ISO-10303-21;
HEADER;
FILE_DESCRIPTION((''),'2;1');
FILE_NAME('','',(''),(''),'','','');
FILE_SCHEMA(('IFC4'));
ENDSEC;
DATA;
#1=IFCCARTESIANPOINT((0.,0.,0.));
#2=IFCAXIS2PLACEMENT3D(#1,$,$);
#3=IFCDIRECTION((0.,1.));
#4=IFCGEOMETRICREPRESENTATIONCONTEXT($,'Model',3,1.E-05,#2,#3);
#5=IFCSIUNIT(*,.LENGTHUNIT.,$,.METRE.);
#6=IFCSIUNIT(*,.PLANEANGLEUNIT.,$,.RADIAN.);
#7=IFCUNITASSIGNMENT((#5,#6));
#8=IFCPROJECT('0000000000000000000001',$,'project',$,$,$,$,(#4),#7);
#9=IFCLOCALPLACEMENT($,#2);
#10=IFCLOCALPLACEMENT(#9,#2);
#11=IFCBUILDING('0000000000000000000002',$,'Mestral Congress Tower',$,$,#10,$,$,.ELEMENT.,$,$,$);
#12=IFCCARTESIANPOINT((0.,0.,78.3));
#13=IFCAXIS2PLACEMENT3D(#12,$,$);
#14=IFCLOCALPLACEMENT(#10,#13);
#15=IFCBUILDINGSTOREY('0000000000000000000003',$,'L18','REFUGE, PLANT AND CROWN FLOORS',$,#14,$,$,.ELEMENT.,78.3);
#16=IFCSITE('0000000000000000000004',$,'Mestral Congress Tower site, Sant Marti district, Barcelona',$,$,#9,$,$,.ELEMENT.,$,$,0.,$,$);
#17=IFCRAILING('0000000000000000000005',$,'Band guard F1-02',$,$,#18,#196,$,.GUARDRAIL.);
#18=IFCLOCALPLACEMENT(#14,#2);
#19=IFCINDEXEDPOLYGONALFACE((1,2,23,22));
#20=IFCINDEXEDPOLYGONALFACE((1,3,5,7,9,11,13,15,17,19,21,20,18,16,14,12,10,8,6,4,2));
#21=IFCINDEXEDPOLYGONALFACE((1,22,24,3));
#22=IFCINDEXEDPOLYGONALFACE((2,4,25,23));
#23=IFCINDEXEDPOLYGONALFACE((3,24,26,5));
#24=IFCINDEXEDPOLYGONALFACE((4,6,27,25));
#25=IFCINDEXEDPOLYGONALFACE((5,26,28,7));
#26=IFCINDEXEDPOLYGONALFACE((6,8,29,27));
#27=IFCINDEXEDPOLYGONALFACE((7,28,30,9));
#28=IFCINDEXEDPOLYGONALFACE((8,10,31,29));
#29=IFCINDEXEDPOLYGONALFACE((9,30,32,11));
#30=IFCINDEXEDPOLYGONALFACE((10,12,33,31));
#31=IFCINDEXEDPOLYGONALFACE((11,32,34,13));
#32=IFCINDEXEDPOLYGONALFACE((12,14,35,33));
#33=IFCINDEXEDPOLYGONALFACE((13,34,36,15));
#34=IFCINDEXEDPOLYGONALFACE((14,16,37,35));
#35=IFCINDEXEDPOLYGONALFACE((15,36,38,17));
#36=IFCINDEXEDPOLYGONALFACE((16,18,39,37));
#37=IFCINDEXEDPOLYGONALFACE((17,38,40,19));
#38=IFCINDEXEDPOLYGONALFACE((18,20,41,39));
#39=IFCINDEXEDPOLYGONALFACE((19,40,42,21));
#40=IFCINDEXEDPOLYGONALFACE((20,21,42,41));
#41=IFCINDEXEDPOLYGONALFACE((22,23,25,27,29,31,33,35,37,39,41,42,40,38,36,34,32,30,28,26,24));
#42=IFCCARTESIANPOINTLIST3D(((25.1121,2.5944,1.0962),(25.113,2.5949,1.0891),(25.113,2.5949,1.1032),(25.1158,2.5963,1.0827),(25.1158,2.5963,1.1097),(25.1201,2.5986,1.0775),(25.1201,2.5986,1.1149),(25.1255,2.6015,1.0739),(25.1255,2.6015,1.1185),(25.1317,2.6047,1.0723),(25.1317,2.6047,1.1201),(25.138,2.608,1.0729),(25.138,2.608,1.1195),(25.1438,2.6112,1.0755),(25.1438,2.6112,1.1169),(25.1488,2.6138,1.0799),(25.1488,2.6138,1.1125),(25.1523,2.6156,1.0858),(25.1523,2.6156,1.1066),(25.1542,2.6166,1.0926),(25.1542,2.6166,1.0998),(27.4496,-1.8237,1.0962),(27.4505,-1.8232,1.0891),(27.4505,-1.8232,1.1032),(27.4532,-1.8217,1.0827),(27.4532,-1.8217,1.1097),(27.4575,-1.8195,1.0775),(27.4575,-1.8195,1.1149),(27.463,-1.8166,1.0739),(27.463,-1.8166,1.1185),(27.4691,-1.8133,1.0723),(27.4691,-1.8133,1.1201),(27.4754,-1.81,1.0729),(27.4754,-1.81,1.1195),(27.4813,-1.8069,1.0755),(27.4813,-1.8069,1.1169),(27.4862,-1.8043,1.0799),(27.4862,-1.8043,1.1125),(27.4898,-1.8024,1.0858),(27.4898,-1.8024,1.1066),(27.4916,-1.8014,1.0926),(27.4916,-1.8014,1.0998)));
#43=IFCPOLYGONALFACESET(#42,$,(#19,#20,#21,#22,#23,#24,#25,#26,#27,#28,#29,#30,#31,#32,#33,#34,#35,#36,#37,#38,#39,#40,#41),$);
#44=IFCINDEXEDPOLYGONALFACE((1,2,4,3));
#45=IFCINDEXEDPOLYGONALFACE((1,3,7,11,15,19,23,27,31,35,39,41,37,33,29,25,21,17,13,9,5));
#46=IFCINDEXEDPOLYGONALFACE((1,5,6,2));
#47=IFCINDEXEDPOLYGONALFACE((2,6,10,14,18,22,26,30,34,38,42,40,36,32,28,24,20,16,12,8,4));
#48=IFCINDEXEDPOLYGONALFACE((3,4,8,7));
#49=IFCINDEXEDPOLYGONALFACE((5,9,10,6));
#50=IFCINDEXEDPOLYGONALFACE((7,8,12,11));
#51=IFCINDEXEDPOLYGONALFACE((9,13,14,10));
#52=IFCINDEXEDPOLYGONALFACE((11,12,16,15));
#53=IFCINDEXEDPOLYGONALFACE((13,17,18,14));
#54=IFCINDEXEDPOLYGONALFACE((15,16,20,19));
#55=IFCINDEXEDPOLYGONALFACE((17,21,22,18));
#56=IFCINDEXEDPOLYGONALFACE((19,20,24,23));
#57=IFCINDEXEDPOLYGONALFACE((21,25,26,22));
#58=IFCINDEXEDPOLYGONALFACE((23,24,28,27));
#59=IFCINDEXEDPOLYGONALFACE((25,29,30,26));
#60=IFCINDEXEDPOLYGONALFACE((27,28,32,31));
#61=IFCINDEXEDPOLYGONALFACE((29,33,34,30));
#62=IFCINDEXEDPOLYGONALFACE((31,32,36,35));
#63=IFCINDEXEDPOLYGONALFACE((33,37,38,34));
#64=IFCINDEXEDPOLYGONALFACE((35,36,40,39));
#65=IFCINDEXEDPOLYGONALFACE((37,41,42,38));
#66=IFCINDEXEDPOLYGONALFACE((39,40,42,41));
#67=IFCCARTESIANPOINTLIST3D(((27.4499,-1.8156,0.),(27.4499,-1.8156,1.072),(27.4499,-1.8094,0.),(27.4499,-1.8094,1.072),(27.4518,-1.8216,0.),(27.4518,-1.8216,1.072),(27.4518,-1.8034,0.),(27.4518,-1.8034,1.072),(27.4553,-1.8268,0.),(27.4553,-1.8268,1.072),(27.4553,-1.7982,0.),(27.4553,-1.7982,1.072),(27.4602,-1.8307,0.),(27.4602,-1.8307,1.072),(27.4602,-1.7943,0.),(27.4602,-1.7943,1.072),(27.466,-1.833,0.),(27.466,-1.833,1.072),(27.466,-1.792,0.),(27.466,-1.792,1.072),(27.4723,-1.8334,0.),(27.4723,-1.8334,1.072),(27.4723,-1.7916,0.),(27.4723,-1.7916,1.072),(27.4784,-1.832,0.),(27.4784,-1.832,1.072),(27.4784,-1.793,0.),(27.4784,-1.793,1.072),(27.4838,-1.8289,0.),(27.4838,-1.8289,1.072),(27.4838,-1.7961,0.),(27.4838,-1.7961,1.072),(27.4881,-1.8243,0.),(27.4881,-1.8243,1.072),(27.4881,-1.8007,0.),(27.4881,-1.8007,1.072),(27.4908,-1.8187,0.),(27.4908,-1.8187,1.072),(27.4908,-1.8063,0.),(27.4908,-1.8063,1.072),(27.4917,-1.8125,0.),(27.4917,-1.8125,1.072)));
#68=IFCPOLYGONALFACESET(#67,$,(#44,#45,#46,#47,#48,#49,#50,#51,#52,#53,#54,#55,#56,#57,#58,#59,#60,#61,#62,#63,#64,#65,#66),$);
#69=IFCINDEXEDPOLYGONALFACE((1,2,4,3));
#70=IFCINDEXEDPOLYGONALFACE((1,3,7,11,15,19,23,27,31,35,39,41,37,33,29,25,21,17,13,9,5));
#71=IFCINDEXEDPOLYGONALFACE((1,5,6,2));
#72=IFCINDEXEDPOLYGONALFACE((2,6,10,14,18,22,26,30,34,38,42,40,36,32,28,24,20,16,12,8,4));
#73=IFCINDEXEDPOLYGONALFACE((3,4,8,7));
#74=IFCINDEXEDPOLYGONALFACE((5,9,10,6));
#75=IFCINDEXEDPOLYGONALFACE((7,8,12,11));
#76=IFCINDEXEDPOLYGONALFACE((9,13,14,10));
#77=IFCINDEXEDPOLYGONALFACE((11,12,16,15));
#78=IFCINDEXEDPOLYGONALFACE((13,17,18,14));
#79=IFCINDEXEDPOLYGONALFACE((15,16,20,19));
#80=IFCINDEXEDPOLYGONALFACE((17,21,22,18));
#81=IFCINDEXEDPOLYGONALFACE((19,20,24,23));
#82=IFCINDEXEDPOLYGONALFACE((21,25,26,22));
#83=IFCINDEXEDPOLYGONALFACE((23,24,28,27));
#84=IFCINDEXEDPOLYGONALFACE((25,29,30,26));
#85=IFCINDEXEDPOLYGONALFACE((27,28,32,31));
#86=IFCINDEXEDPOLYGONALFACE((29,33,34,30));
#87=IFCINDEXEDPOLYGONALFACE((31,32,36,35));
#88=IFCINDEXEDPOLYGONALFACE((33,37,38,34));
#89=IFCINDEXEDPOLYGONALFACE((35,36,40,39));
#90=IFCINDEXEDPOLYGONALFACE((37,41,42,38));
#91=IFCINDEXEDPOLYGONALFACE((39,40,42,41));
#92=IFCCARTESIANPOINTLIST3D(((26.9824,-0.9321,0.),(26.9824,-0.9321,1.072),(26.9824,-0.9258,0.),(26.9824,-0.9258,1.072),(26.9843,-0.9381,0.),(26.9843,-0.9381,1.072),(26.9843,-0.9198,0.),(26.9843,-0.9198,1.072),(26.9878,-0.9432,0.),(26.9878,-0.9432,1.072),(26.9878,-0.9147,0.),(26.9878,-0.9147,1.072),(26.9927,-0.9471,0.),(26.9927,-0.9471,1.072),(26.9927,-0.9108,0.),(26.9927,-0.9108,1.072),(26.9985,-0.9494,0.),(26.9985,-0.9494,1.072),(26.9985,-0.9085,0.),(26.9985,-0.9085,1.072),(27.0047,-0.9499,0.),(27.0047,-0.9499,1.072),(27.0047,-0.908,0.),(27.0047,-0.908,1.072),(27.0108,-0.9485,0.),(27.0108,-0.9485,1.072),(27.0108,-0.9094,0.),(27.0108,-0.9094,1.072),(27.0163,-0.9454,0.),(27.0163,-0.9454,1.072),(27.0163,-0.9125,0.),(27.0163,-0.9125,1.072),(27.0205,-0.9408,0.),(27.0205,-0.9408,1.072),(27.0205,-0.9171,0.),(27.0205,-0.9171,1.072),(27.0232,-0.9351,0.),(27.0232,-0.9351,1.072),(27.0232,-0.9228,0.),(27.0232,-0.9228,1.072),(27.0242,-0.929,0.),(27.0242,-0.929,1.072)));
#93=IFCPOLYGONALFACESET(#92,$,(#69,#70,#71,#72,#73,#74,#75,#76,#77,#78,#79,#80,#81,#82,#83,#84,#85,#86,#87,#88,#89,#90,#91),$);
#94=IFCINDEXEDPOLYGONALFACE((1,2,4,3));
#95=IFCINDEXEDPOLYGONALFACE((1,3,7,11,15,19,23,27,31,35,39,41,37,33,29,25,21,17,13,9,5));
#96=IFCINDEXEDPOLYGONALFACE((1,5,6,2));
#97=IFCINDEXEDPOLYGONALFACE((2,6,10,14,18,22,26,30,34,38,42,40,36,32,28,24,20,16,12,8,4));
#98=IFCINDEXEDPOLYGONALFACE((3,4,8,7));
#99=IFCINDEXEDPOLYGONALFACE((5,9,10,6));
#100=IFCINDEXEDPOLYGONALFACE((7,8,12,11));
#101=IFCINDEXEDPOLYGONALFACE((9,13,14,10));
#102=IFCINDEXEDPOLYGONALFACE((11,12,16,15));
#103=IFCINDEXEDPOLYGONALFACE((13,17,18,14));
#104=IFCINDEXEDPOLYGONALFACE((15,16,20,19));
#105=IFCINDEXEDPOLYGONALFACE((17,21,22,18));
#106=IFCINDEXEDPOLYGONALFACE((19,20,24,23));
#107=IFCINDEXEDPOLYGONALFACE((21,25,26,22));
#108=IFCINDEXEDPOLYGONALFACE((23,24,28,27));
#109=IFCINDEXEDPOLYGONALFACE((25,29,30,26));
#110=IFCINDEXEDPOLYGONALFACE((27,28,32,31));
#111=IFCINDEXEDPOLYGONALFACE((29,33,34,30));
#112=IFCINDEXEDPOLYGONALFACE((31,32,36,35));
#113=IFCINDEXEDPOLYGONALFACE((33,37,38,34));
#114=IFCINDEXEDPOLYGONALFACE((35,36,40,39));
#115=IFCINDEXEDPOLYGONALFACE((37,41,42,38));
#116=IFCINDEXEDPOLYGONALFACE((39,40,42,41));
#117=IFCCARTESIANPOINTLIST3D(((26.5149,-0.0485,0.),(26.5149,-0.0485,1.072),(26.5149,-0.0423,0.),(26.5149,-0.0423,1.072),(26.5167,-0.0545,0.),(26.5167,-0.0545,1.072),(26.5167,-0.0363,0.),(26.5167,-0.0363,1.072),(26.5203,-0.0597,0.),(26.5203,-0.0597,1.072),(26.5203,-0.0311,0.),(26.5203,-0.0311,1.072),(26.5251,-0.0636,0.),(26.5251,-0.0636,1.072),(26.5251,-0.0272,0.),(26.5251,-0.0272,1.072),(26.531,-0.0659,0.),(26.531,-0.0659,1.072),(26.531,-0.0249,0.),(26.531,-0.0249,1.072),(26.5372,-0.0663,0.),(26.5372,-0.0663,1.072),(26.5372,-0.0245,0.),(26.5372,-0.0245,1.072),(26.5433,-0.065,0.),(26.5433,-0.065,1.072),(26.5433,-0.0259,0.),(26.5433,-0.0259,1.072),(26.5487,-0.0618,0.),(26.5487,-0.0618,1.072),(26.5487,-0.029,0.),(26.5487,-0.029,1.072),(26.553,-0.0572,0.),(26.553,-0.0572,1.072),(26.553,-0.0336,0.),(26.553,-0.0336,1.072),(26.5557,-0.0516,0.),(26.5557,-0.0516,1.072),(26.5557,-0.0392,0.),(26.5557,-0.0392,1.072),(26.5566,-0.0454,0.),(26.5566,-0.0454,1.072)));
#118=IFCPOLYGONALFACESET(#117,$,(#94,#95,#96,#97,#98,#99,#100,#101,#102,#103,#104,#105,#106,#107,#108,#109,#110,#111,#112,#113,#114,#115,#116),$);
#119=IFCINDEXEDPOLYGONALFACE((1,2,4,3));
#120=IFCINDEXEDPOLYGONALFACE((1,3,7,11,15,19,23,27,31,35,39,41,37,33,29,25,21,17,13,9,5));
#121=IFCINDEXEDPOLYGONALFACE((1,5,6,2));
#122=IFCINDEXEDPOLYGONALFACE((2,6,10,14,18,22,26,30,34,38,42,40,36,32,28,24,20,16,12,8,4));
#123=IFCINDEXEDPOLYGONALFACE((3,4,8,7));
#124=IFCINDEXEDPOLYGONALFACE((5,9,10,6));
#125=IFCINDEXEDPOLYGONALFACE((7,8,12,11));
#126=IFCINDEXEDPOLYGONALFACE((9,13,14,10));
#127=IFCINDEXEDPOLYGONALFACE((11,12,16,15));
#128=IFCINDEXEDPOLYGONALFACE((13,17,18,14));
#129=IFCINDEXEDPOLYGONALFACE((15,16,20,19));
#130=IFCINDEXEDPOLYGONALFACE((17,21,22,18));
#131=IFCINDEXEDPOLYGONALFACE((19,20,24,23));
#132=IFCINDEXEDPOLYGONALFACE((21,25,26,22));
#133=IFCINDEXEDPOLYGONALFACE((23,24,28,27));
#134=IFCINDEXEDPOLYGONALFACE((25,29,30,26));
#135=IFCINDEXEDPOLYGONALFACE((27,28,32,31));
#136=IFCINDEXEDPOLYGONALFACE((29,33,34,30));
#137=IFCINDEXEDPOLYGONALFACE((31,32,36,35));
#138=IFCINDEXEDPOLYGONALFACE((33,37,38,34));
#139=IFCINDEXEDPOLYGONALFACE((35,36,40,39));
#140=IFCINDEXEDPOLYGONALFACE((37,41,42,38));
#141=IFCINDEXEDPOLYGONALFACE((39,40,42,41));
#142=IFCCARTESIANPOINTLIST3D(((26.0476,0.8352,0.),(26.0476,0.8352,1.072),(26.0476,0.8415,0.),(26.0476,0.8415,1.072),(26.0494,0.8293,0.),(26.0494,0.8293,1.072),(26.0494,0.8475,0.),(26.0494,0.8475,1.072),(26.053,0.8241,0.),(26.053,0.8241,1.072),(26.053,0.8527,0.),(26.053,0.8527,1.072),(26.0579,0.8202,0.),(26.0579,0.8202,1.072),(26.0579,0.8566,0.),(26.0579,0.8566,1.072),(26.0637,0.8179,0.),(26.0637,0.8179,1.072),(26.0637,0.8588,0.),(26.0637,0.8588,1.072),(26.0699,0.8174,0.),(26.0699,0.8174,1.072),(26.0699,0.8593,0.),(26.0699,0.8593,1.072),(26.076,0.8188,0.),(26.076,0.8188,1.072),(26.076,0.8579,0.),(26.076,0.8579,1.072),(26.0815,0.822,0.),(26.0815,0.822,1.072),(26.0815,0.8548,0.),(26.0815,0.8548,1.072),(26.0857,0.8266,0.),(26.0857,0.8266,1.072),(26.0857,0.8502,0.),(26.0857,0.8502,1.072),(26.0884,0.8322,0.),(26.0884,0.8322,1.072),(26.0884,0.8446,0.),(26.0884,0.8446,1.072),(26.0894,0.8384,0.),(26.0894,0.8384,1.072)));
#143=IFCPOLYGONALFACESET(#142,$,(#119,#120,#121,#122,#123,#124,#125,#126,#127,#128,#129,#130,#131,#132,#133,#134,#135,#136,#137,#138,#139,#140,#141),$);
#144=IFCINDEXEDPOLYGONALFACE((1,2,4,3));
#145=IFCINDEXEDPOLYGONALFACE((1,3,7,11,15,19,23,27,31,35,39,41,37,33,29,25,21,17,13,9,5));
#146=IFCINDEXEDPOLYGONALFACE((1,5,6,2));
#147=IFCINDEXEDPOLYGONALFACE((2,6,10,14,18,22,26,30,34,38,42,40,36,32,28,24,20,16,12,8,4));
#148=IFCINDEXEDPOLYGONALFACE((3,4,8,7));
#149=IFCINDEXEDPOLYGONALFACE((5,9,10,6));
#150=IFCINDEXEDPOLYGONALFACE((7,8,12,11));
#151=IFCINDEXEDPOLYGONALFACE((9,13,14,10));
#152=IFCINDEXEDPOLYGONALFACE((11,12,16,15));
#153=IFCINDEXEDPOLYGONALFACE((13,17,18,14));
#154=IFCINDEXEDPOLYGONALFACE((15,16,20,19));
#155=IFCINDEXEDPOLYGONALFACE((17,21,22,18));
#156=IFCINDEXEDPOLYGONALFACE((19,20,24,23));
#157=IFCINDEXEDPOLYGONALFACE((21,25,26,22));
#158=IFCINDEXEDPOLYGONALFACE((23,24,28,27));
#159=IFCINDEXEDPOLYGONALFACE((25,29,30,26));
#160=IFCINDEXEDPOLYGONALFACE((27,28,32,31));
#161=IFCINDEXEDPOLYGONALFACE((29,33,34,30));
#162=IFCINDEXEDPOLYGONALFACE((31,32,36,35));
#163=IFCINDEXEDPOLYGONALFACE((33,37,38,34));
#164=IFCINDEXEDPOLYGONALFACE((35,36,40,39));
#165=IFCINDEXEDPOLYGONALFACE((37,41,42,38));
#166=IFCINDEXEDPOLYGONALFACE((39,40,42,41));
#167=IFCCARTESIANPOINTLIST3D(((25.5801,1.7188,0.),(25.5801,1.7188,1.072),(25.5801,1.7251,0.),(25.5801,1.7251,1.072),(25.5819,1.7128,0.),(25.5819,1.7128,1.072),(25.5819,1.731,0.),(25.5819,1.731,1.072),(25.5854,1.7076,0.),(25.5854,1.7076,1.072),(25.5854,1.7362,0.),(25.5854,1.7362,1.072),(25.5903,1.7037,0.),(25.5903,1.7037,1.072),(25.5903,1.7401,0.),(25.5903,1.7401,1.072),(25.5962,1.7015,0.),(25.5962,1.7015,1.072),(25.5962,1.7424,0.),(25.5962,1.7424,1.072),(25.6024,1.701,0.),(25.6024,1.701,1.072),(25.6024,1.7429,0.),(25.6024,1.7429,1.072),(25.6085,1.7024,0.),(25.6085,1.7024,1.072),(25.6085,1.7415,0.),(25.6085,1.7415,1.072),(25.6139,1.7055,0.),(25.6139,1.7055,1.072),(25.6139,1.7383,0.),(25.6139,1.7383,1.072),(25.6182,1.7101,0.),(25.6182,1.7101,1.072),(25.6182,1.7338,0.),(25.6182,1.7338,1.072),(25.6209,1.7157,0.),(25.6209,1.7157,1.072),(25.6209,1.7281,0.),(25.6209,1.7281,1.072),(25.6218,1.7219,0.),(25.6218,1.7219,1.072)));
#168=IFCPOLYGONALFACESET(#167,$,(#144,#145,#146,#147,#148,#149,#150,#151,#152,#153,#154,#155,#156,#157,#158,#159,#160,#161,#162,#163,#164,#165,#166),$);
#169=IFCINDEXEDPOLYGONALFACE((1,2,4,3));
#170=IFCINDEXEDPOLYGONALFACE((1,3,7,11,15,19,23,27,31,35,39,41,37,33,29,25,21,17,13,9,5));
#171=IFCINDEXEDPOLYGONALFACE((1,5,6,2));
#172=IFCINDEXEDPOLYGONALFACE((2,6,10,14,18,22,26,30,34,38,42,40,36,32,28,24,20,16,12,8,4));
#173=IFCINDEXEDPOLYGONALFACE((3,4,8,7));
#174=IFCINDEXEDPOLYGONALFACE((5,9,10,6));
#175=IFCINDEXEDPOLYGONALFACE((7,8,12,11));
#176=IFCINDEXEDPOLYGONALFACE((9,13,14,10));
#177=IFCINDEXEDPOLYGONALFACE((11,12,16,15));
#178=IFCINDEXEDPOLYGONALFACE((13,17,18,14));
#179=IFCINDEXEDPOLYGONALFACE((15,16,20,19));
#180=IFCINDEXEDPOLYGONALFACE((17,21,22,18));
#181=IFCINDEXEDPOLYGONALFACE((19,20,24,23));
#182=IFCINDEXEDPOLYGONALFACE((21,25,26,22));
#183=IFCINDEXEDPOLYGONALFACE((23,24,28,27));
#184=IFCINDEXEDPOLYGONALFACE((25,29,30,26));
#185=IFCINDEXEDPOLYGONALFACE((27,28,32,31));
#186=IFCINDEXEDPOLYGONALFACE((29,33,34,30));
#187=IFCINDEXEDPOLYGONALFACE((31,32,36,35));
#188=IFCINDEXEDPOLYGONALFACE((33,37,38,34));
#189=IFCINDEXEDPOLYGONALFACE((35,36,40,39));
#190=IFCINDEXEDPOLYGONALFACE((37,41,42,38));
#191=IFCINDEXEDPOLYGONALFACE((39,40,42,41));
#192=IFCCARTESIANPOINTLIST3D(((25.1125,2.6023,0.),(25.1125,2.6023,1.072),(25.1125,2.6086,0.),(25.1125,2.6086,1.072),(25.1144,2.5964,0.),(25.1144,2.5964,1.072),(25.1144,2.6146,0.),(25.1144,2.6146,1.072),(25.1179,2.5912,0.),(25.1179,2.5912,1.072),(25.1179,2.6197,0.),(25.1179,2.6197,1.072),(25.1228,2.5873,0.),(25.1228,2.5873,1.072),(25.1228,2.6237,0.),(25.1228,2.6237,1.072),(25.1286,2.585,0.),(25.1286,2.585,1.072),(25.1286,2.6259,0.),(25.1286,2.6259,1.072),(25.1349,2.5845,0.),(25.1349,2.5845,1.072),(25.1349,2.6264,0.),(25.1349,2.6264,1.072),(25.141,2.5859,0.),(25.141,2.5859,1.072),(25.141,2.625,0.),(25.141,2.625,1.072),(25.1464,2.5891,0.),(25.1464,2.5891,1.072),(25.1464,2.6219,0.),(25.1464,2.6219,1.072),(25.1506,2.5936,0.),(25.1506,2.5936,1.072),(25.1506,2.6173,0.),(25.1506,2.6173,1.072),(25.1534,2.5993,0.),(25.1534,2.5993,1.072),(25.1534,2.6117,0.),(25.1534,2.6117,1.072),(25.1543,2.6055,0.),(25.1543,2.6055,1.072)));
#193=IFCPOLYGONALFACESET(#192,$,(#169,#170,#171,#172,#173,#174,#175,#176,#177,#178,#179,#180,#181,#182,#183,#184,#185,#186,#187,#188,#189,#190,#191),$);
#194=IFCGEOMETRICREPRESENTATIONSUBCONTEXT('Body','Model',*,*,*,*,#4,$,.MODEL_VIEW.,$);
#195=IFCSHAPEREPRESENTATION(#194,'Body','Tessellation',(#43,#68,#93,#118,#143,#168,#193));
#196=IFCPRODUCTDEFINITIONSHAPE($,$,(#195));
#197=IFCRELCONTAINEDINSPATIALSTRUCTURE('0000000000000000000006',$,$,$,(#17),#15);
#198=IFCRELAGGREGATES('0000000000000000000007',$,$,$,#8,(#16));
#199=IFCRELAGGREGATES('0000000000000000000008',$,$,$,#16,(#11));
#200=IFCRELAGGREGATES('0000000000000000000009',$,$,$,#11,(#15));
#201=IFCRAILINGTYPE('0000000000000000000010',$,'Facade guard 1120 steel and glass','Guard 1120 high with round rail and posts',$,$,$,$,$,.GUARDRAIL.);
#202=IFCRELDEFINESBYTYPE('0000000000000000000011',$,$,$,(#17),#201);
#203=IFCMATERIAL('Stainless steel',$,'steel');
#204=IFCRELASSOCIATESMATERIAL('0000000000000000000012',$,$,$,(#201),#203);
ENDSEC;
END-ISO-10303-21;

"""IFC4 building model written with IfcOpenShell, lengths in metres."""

from ifc_helpers import new_model, si_unit, direction, frame, origin, origin_2d, place, context, subcontext, project, spatial, circle, extrude, material, type_object, element, save


model = new_model("IFC4")

# Units and contexts
model_context = context("Model", 3, precision=1e-05, world=origin(), true_north=direction((0.0, 1.0)))
body_context = subcontext(model_context, "Body", "Model", "MODEL_VIEW")
ifc_project = project(units=[si_unit("LENGTHUNIT", "METRE"), si_unit("PLANEANGLEUNIT", "RADIAN")], contexts=[model_context])

# Site, building, storey
site_placement = place(None, origin())
site = spatial("IfcSite", under=ifc_project, at=site_placement, Name="Mestral Congress Tower site, Sant Marti district, Barcelona", CompositionType="ELEMENT", RefElevation=0.0)
building_placement = place(site_placement, origin())
building = spatial("IfcBuilding", under=site, at=building_placement, Name="Mestral Congress Tower", CompositionType="ELEMENT")
storey_placement = place(building_placement, frame((0.0, 0.0, 78.3)))
storey = spatial("IfcBuildingStorey", under=building, at=storey_placement, Name="L18", Description="REFUGE, PLANT AND CROWN FLOORS", CompositionType="ELEMENT", Elevation=78.3)

# Railing
ifc_material_1 = material(Name="Stainless steel", Category="steel")
railing_type = type_object("IfcRailingType", Name="Facade guard 1120 steel and glass", Description="Guard 1120 high with round rail and posts", PredefinedType="GUARDRAIL", material=ifc_material_1)
railing_1_placement = place(storey_placement, frame((27.4707, -1.8125, 0.0)))
element("IfcRailing", 1, at=railing_1_placement, inside=storey, type_object=railing_type, Name="Band guard F1-02", PredefinedType="GUARDRAIL", context=body_context, shape_type="SweptSolid", body=[
    extrude(circle(Radius=0.0239, at=origin_2d()), frame((0.0, 0.0, 1.0962), z_axis=(-0.46765, 0.883914, 0.0), x_axis=(-0.883914, -0.46765, 0.0)), (0.0, 0.0, 1.0), 4.9983),
    extrude(circle(Radius=0.021, at=origin_2d()), origin(), (0.0, 0.0, 1.0), 1.072),
    extrude(circle(Radius=0.021, at=origin_2d()), frame((-0.4675, 0.8835, 0.0)), (0.0, 0.0, 1.0), 1.072),
    extrude(circle(Radius=0.021, at=origin_2d()), frame((-0.9351, 1.7671, 0.0)), (0.0, 0.0, 1.0), 1.072),
    extrude(circle(Radius=0.021, at=origin_2d()), frame((-1.4023, 2.6509, 0.0)), (0.0, 0.0, 1.0), 1.072),
    extrude(circle(Radius=0.021, at=origin_2d()), frame((-1.8699, 3.5344, 0.0)), (0.0, 0.0, 1.0), 1.072),
    extrude(circle(Radius=0.021, at=origin_2d()), frame((-2.3374, 4.418, 0.0)), (0.0, 0.0, 1.0), 1.072),
])

save(model, "model.ifc")
